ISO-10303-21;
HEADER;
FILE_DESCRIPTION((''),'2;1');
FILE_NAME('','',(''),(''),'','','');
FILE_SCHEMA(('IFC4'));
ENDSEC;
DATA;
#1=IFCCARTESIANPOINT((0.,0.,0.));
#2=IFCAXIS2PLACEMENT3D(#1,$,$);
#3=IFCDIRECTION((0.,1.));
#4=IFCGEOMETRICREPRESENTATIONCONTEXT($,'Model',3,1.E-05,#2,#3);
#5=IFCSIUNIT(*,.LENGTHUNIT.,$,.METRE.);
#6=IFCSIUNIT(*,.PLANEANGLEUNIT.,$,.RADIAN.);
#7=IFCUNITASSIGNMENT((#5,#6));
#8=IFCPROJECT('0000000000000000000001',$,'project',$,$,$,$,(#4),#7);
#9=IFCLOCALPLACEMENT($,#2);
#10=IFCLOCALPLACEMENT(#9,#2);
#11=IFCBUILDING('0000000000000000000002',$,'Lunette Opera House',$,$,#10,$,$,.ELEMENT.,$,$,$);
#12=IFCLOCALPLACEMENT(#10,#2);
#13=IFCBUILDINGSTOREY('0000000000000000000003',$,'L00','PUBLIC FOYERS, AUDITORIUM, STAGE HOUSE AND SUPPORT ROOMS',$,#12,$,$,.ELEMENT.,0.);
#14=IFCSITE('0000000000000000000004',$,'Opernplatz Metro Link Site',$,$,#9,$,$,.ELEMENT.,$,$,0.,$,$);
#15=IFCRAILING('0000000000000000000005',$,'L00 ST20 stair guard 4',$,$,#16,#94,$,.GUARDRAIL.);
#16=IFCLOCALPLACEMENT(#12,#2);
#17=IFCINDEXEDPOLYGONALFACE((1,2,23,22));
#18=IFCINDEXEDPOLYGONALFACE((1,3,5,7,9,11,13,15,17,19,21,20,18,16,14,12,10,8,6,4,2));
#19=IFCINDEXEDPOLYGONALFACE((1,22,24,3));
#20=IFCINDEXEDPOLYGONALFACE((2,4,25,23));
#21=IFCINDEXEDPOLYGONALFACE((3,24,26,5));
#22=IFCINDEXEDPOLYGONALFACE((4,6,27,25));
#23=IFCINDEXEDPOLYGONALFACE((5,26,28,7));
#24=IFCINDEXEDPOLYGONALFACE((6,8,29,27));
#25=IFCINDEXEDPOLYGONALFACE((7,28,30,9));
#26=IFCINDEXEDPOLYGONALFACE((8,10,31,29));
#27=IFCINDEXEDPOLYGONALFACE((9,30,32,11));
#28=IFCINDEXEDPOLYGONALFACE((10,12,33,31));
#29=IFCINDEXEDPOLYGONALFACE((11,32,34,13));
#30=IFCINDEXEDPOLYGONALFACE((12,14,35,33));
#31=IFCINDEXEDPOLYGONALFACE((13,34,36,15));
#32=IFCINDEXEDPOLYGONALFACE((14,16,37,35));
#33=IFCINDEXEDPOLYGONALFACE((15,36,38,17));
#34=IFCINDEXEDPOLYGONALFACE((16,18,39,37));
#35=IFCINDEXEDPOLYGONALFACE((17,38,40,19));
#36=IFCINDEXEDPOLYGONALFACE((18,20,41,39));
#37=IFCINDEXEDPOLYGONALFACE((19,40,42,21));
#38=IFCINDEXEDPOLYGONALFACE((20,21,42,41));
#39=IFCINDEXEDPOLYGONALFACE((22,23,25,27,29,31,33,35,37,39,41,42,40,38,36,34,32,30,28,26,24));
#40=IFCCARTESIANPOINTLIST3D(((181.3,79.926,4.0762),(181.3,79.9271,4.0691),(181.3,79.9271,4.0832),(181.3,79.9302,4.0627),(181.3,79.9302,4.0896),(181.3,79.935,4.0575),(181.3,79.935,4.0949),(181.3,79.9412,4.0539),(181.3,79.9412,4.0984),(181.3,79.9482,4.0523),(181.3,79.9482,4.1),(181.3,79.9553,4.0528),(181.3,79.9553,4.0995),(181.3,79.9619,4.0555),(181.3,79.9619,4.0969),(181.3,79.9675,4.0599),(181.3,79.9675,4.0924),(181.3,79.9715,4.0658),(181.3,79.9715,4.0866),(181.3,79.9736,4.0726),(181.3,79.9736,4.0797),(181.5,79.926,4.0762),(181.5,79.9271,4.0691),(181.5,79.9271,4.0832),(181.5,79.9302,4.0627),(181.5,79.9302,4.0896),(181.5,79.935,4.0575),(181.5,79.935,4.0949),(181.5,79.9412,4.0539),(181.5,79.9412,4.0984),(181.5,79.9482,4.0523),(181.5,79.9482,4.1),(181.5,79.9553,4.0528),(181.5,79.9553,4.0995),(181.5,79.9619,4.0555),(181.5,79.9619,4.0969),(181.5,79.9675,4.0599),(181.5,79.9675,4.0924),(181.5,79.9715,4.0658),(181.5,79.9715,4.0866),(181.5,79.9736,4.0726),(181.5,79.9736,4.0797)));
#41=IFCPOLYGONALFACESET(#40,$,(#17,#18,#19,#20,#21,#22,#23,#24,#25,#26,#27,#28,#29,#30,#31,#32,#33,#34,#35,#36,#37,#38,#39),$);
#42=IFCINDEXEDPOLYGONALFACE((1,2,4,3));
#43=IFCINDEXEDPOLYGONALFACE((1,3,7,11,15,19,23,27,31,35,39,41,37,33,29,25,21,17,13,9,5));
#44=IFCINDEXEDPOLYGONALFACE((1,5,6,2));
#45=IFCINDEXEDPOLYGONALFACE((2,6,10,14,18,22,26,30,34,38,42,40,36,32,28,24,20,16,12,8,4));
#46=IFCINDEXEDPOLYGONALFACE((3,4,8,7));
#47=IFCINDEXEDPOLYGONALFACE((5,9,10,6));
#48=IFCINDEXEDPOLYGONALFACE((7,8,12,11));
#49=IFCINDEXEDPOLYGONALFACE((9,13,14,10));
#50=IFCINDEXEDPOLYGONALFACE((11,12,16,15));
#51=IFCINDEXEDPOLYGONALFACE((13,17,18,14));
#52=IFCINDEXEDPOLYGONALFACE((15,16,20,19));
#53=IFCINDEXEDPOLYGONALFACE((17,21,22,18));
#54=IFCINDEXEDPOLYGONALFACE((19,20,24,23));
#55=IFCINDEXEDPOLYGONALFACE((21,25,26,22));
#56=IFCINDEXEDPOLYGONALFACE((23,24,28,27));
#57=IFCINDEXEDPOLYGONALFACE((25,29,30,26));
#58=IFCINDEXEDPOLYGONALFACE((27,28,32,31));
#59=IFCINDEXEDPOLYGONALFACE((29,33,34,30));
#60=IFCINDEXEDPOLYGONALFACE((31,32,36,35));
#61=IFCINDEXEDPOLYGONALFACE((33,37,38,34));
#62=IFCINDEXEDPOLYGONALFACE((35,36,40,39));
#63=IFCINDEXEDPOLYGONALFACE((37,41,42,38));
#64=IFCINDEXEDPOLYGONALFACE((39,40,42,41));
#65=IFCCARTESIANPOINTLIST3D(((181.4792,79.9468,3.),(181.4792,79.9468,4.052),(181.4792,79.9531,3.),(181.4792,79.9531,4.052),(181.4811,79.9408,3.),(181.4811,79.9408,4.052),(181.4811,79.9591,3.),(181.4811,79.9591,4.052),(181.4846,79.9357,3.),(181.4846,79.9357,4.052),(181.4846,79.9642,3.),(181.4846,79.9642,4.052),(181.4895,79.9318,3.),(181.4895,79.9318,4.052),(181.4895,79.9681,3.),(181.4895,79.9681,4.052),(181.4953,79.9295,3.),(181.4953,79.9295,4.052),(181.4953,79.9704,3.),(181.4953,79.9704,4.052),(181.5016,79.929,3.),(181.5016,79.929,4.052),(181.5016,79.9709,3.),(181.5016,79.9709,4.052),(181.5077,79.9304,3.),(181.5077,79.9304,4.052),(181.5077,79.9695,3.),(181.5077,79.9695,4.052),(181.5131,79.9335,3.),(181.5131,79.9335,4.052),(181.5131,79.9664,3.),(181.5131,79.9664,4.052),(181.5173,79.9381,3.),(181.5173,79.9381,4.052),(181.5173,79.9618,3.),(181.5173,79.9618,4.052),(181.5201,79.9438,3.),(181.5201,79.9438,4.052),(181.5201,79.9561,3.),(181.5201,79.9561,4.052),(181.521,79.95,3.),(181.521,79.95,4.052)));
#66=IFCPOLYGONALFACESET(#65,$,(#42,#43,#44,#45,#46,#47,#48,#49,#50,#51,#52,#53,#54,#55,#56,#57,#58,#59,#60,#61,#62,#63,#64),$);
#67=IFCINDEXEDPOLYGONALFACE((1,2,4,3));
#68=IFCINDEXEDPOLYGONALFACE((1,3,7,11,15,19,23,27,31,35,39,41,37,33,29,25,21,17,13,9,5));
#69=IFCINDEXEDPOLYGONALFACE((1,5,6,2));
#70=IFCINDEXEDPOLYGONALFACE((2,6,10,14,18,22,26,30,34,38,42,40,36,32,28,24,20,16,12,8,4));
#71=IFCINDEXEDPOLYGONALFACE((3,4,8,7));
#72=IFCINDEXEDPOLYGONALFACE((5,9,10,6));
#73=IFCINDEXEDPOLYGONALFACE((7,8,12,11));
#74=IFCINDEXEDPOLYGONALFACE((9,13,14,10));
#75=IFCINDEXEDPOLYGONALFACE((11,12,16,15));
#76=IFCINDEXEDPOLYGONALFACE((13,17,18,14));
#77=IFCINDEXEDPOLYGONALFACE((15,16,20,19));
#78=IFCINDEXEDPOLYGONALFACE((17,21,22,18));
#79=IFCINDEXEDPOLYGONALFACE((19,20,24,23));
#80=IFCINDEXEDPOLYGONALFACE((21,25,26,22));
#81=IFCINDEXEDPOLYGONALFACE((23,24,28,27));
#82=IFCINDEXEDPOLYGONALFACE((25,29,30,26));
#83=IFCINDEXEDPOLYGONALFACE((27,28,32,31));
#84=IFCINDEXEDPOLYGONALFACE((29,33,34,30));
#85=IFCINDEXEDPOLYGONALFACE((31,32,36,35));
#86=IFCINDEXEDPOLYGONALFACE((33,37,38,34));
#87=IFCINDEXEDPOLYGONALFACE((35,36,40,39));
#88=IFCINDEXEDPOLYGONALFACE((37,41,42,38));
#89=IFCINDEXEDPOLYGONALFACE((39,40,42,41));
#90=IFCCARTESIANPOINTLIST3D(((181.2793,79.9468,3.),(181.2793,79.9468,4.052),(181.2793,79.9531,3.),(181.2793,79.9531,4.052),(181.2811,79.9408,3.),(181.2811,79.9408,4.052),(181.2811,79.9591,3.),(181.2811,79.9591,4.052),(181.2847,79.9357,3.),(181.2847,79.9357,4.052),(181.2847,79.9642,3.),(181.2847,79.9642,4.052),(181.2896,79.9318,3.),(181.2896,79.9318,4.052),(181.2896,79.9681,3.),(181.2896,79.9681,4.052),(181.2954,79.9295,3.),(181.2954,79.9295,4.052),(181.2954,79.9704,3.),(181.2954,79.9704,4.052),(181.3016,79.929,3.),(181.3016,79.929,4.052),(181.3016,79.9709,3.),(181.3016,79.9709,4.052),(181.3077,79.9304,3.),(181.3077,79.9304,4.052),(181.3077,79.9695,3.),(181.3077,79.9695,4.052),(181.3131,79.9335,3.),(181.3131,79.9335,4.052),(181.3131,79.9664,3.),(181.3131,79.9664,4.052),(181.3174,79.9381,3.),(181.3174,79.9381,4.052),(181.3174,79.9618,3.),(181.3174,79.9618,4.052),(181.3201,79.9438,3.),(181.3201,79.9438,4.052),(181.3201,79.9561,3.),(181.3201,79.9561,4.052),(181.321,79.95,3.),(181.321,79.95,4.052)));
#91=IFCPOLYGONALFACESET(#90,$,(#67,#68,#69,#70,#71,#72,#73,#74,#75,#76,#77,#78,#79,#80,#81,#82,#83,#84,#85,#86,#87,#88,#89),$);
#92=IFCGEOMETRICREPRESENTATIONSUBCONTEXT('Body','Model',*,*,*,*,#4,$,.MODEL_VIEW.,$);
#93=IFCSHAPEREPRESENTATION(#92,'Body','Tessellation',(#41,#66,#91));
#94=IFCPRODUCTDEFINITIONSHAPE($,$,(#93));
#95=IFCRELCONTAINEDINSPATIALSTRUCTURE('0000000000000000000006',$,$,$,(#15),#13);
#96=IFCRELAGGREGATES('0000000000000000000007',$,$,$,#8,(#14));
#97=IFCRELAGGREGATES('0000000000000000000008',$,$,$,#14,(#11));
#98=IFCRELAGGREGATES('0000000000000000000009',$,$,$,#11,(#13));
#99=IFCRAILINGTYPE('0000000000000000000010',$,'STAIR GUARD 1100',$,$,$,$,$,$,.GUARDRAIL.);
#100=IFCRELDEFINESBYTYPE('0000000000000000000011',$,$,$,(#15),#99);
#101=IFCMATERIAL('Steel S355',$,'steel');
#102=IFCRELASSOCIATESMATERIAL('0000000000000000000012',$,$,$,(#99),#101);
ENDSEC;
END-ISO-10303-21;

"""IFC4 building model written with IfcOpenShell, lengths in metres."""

from ifc_helpers import new_model, si_unit, direction, frame, origin, origin_2d, place, context, subcontext, project, spatial, circle, extrude, material, type_object, element, save


model = new_model("IFC4")

# Units and contexts
model_context = context("Model", 3, precision=1e-05, world=origin(), true_north=direction((0.0, 1.0)))
body_context = subcontext(model_context, "Body", "Model", "MODEL_VIEW")
ifc_project = project(units=[si_unit("LENGTHUNIT", "METRE"), si_unit("PLANEANGLEUNIT", "RADIAN")], contexts=[model_context])

# Site, building, storey
site_placement = place(None, origin())
site = spatial("IfcSite", under=ifc_project, at=site_placement, Name="Opernplatz Metro Link Site", CompositionType="ELEMENT", RefElevation=0.0)
building_placement = place(site_placement, origin())
building = spatial("IfcBuilding", under=site, at=building_placement, Name="Lunette Opera House", CompositionType="ELEMENT")
storey_placement = place(building_placement, origin())
storey = spatial("IfcBuildingStorey", under=building, at=storey_placement, Name="L00", Description="PUBLIC FOYERS, AUDITORIUM, STAGE HOUSE AND SUPPORT ROOMS", CompositionType="ELEMENT", Elevation=0.0)

# Railing
ifc_material_1 = material(Name="Steel S355", Category="steel")
railing_type_1 = type_object("IfcRailingType", Name="STAIR GUARD 1100", PredefinedType="GUARDRAIL", material=ifc_material_1)
railing_1_placement = place(storey_placement, frame((181.5, 79.95, 3.0)))
element("IfcRailing", 1, at=railing_1_placement, inside=storey, type_object=railing_type_1, Name="L00 ST20 stair guard 4", PredefinedType="GUARDRAIL", context=body_context, shape_type="SweptSolid", body=[
    extrude(circle(Radius=0.0239, at=origin_2d()), frame((0.0, 0.0, 1.0762), z_axis=(-1.0, 0.0, 0.0), x_axis=(0.0, -1.0, 0.0)), (0.0, 0.0, 1.0), 0.2),
    extrude(circle(Radius=0.021, at=origin_2d()), origin(), (0.0, 0.0, 1.0), 1.052),
    extrude(circle(Radius=0.021, at=origin_2d()), frame((-0.2, 0.0, 0.0)), (0.0, 0.0, 1.0), 1.052),
])

save(model, "model.ifc")
